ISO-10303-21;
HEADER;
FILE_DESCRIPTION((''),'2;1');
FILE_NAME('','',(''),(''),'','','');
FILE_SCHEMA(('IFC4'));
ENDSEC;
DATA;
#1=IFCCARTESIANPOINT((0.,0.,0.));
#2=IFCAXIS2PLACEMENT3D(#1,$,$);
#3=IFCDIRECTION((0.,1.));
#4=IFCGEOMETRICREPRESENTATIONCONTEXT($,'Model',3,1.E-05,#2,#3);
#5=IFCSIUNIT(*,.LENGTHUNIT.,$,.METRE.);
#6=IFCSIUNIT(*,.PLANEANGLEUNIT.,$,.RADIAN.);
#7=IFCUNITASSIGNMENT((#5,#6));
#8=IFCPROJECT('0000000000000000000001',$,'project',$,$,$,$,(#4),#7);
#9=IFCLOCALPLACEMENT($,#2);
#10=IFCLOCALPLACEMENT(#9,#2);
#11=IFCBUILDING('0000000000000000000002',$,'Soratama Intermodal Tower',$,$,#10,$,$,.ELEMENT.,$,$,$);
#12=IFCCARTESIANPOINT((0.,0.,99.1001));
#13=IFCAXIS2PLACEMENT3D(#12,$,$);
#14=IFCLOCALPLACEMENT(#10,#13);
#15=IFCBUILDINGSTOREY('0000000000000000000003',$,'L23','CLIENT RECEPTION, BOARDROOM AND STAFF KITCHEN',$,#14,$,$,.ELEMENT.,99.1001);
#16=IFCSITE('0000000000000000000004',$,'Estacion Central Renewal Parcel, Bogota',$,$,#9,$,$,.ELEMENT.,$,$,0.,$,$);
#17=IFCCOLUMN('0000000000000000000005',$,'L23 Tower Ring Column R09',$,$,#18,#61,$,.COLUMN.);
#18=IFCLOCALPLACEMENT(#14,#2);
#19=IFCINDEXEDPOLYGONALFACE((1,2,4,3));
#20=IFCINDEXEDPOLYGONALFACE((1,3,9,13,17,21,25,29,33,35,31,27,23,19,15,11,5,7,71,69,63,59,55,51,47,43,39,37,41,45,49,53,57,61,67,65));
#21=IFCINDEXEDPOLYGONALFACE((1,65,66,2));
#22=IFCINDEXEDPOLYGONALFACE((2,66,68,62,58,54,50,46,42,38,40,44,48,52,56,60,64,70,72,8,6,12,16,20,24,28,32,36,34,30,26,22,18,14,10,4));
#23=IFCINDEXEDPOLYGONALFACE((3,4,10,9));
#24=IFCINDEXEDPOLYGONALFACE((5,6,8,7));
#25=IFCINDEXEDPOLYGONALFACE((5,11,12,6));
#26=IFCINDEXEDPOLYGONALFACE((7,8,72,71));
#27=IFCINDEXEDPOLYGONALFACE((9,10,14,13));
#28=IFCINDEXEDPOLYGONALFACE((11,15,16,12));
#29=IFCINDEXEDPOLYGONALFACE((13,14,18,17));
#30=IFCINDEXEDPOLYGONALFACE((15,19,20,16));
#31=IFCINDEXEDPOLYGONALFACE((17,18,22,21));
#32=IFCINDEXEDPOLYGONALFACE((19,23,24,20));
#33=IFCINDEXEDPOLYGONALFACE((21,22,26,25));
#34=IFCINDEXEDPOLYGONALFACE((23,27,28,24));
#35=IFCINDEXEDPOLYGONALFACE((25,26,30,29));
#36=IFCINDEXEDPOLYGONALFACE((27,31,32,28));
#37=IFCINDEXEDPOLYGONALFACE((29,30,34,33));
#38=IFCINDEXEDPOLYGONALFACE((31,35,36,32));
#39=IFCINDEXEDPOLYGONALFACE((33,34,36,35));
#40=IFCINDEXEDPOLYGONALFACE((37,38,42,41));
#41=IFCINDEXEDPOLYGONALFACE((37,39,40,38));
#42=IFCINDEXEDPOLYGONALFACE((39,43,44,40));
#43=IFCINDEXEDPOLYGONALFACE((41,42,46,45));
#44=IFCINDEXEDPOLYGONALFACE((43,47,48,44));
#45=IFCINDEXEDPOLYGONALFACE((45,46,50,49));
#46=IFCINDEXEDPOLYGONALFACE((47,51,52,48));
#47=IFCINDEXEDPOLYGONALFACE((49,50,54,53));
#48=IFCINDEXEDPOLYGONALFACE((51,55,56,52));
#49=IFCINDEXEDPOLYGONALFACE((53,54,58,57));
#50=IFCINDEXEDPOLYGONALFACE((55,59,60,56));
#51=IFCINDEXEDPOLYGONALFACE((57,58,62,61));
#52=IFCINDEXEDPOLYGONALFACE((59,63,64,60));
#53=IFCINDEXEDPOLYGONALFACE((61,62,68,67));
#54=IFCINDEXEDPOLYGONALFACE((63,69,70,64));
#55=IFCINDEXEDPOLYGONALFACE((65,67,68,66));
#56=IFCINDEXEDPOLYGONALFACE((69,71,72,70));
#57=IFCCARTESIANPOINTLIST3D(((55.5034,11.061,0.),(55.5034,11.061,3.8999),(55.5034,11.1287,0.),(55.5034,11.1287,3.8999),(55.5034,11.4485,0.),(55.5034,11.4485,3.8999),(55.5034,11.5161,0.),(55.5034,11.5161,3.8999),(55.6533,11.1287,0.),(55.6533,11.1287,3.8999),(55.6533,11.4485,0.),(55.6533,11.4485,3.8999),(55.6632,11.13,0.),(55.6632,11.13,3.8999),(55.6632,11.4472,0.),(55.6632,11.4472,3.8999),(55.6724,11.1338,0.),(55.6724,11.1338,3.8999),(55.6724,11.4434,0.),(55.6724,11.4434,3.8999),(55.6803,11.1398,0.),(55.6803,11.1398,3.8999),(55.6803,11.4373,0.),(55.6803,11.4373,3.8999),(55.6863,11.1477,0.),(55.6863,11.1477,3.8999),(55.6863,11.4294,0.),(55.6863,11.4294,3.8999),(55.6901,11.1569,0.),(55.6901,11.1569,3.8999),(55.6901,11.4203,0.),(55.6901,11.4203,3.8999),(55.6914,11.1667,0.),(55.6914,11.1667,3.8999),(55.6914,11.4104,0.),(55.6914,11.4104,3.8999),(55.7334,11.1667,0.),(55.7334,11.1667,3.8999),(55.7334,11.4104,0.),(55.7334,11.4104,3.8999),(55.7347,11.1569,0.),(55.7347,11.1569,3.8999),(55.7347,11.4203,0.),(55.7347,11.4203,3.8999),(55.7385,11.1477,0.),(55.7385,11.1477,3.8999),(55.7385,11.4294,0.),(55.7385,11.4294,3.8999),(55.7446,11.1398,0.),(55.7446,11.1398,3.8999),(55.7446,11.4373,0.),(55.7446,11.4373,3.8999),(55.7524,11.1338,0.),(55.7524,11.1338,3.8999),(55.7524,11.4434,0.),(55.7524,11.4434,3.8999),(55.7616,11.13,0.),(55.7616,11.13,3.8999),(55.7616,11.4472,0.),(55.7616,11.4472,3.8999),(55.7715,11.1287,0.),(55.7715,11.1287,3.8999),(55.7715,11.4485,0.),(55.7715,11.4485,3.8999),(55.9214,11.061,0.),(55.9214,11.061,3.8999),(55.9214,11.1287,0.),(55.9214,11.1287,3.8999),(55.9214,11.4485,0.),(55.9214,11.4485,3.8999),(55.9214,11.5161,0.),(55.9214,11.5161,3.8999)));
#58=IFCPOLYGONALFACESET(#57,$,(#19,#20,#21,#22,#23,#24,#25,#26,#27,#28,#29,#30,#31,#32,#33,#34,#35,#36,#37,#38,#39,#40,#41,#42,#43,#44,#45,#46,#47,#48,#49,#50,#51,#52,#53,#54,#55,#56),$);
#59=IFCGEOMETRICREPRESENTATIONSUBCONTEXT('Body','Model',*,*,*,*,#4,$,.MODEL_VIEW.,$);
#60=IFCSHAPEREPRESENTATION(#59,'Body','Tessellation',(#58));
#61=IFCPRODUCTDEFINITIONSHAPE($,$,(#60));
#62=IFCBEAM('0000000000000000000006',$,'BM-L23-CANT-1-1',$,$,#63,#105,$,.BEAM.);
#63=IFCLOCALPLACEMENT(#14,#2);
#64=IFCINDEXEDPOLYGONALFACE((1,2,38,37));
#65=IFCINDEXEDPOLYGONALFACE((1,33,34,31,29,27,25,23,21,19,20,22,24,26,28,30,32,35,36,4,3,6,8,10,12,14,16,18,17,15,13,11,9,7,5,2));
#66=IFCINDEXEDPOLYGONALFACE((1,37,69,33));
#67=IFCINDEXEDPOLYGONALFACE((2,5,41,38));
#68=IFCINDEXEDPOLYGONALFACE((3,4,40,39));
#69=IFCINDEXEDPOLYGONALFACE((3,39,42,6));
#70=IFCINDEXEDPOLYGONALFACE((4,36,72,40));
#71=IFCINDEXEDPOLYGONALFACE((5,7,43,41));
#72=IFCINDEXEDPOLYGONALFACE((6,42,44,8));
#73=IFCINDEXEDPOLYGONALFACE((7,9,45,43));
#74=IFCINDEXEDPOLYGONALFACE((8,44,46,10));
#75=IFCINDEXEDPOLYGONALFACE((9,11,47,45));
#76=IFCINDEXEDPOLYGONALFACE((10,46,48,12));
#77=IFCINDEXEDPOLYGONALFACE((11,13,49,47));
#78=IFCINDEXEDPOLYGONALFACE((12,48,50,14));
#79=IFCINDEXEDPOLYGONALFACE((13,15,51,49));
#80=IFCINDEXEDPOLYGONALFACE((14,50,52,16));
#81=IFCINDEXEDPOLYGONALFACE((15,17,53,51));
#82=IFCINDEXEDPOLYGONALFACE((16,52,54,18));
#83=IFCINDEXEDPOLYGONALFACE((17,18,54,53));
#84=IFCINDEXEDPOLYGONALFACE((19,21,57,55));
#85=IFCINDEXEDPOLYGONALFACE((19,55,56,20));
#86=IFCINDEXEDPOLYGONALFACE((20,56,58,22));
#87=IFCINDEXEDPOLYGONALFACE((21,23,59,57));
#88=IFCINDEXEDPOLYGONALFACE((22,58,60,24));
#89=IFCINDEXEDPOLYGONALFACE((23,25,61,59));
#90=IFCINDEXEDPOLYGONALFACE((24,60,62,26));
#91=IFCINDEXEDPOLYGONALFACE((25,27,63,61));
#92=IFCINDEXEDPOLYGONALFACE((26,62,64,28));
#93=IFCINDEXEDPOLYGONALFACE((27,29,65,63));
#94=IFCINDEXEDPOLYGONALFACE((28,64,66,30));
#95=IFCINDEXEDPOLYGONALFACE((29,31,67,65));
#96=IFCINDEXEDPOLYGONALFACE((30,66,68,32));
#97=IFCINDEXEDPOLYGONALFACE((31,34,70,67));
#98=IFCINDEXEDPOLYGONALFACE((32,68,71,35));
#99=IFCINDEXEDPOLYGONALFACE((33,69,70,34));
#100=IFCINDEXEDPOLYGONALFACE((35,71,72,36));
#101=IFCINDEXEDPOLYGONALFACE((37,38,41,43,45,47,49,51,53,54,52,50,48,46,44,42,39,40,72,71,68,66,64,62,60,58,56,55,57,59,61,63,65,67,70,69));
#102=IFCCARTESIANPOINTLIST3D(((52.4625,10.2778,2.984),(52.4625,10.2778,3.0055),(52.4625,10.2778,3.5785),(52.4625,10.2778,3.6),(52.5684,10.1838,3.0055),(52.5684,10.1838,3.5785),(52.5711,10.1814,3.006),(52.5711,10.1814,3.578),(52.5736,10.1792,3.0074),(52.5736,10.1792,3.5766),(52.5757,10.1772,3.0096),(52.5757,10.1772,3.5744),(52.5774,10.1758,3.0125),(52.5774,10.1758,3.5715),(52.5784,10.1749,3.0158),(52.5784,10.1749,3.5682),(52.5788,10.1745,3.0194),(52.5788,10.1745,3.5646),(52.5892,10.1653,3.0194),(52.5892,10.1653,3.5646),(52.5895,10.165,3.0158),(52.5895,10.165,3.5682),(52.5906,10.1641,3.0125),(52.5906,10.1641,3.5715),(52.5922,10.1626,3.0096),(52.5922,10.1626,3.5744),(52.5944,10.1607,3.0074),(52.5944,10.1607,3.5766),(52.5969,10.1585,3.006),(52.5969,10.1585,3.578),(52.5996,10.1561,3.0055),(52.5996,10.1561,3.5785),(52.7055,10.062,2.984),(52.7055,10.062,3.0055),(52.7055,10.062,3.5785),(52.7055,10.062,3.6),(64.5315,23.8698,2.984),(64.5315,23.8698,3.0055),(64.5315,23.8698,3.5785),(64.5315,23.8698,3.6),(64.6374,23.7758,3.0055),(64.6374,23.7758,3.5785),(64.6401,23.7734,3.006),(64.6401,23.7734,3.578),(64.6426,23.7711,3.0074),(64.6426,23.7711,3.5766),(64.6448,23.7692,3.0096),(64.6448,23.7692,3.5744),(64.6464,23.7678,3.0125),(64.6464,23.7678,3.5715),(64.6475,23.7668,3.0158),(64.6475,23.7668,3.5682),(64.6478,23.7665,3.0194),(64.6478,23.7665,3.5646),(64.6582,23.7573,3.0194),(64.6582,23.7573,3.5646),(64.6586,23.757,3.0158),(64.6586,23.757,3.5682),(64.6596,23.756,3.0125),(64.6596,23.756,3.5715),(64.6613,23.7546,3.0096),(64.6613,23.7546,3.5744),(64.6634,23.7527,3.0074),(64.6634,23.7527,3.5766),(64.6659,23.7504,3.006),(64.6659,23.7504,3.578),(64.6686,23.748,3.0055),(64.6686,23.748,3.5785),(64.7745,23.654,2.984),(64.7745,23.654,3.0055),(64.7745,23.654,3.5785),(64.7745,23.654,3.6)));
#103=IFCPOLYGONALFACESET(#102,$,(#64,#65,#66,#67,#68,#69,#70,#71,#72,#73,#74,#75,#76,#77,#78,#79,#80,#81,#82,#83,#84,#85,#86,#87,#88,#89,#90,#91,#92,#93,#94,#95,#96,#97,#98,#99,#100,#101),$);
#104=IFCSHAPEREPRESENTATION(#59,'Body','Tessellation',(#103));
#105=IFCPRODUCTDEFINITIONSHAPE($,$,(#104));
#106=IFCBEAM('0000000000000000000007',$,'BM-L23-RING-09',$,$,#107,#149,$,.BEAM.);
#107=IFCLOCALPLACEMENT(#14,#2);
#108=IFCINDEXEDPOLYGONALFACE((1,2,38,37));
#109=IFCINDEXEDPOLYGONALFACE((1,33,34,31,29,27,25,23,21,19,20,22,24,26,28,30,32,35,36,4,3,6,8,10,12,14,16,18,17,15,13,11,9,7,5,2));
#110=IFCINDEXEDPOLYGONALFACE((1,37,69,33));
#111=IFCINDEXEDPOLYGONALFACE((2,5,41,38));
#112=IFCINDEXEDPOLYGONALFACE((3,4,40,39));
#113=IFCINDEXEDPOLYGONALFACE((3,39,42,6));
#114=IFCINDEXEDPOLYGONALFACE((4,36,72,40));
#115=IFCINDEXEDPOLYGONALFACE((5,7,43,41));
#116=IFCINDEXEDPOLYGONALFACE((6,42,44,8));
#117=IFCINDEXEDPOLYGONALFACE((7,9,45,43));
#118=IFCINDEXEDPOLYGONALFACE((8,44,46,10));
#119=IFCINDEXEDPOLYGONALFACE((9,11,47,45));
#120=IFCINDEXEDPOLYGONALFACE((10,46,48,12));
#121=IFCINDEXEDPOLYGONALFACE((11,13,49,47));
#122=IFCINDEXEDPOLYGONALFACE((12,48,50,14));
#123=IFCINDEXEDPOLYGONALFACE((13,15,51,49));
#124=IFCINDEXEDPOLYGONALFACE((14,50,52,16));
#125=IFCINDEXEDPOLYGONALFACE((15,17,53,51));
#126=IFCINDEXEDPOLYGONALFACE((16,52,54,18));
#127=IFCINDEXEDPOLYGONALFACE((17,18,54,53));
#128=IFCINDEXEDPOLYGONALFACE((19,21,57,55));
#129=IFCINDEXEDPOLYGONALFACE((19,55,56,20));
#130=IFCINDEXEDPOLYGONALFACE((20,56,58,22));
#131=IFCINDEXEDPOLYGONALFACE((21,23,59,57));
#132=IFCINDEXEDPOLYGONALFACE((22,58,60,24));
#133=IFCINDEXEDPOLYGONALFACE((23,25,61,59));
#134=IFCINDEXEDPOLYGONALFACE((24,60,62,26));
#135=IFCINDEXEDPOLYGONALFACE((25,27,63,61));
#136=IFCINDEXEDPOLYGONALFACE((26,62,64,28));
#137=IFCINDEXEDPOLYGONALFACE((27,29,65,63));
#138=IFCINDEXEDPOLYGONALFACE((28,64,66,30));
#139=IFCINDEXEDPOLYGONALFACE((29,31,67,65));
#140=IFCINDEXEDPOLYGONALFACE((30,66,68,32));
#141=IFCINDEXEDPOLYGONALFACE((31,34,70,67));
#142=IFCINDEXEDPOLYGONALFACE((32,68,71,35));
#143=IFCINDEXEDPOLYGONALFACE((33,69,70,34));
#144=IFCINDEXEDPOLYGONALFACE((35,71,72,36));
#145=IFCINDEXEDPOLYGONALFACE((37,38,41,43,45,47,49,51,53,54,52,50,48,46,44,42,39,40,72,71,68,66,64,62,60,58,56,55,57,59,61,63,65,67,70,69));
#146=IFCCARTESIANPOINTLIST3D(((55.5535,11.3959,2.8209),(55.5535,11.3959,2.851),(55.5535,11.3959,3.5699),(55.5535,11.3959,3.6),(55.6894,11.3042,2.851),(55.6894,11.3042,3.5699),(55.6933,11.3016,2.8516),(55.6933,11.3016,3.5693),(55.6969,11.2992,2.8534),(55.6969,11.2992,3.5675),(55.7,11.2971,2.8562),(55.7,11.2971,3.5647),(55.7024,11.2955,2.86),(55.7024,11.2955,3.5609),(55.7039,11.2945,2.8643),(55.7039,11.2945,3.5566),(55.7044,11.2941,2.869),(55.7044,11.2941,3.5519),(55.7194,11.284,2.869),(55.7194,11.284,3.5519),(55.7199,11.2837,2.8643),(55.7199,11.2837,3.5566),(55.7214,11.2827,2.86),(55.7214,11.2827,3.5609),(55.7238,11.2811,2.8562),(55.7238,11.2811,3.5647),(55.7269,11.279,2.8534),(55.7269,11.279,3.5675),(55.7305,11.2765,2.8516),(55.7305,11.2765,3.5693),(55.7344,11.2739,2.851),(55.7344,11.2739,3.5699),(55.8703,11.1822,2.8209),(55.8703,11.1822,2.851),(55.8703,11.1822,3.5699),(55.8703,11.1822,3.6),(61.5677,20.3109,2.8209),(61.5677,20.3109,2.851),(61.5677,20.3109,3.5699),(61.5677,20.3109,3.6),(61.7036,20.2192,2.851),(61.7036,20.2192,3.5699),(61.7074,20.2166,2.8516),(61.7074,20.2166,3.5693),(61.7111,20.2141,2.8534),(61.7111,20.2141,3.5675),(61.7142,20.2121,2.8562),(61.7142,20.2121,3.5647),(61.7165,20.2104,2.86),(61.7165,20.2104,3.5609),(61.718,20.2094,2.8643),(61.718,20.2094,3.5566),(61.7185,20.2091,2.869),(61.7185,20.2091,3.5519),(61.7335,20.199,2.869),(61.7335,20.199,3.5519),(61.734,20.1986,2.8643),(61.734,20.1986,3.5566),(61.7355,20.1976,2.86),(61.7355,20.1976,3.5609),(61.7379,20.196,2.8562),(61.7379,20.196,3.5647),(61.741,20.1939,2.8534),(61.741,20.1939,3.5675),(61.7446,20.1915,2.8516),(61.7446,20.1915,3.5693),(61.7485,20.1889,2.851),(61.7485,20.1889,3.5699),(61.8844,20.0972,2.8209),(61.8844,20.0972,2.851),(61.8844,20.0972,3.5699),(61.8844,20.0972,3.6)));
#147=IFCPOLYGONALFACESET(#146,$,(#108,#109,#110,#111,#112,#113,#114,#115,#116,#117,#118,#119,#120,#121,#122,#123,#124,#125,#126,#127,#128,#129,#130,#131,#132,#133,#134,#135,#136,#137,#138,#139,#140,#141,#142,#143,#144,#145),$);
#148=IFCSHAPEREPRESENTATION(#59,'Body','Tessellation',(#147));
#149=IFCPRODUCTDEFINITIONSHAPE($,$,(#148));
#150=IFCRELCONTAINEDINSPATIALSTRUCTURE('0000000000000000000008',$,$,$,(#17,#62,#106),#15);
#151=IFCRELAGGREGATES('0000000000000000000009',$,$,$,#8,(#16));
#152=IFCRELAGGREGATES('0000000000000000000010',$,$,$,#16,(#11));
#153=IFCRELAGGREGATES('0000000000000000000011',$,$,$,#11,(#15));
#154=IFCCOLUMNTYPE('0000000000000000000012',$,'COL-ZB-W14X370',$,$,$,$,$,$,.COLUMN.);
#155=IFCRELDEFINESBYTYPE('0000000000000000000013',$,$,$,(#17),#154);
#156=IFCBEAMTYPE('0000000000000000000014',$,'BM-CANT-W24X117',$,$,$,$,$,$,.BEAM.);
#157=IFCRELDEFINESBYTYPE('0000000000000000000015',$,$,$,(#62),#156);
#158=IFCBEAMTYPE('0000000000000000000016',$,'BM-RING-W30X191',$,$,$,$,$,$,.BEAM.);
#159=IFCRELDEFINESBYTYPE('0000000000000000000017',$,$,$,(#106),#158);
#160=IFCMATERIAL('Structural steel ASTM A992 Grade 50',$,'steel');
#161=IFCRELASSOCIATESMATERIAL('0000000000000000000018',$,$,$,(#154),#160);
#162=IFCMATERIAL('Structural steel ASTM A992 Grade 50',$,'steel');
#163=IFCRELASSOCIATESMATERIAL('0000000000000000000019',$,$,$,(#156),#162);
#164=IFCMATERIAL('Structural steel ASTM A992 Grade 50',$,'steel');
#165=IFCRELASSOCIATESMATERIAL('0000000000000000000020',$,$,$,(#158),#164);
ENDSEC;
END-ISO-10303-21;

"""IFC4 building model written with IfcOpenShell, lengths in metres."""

from ifc_helpers import new_model, si_unit, direction, frame, origin, origin_2d, place, context, subcontext, project, spatial, i_section, extrude, material, material_profile, profile_set, type_object, element, save


model = new_model("IFC4")

# Units and contexts
model_context = context("Model", 3, precision=1e-05, world=origin(), true_north=direction((0.0, 1.0)))
body_context = subcontext(model_context, "Body", "Model", "MODEL_VIEW")
ifc_project = project(units=[si_unit("LENGTHUNIT", "METRE"), si_unit("PLANEANGLEUNIT", "RADIAN")], contexts=[model_context])

# Site, building, storey
site_placement = place(None, origin())
site = spatial("IfcSite", under=ifc_project, at=site_placement, Name="Estacion Central Renewal Parcel, Bogota", CompositionType="ELEMENT", RefElevation=0.0)
building_placement = place(site_placement, origin())
building = spatial("IfcBuilding", under=site, at=building_placement, Name="Soratama Intermodal Tower", CompositionType="ELEMENT")
storey_placement = place(building_placement, frame((0.0, 0.0, 99.1001)))
storey = spatial("IfcBuildingStorey", under=building, at=storey_placement, Name="L23", Description="CLIENT RECEPTION, BOARDROOM AND STAFF KITCHEN", CompositionType="ELEMENT", Elevation=99.1001)

# Column
ifc_material_1 = material(Name="Structural steel ASTM A992 Grade 50", Category="steel")
ifc_material_profile_1 = material_profile(ifc_material_1, i_section(OverallWidth=0.418, OverallDepth=0.4551, WebThickness=0.042, FlangeThickness=0.0676, FilletRadius=0.0381, at=origin_2d()), Name="W14X370")
ifc_profile_set_1 = profile_set([ifc_material_profile_1], Name="Structural steel ASTM A992 Grade 50")
column_type = type_object("IfcColumnType", Name="COL-ZB-W14X370", PredefinedType="COLUMN", material=ifc_profile_set_1)
column_placement = place(storey_placement, frame((55.7124, 11.2886, 0.0), z_axis=(0.0, 0.0, 1.0), x_axis=(1.0, 0.0, 0.0)))
element("IfcColumn", 1, at=column_placement, inside=storey, type_object=column_type, Name="L23 Tower Ring Column R09", PredefinedType="COLUMN", context=body_context, shape_type="SweptSolid", body=[
    extrude(i_section(OverallWidth=0.418, OverallDepth=0.4551, WebThickness=0.042, FlangeThickness=0.0676, FilletRadius=0.0381, at=origin_2d()), origin(), (0.0, 0.0, 1.0), 3.8999),
])

# Beams
ifc_material_2 = material(Name="Structural steel ASTM A992 Grade 50", Category="steel")
ifc_material_profile_2 = material_profile(ifc_material_2, i_section(OverallWidth=0.325, OverallDepth=0.616, WebThickness=0.0139, FlangeThickness=0.0215, FilletRadius=0.0139, at=origin_2d()), Name="W24X117")
ifc_profile_set_2 = profile_set([ifc_material_profile_2], Name="Structural steel ASTM A992 Grade 50")
beam_type_1 = type_object("IfcBeamType", Name="BM-CANT-W24X117", PredefinedType="BEAM", material=ifc_profile_set_2)
beam_1_placement = place(storey_placement, frame((52.584, 10.1699, 3.292), z_axis=(0.663973, 0.747757, 0.0), x_axis=(-0.747757, 0.663973, 0.0)))
element("IfcBeam", 2, at=beam_1_placement, inside=storey, type_object=beam_type_1, Name="BM-L23-CANT-1-1", PredefinedType="BEAM", context=body_context, shape_type="SweptSolid", body=[
    extrude(i_section(OverallWidth=0.325, OverallDepth=0.616, WebThickness=0.0139, FlangeThickness=0.0215, FilletRadius=0.0139, at=origin_2d()), origin(), (0.0, 0.0, 1.0), 18.177),
])
ifc_material_3 = material(Name="Structural steel ASTM A992 Grade 50", Category="steel")
ifc_material_profile_3 = material_profile(ifc_material_3, i_section(OverallWidth=0.3821, OverallDepth=0.7791, WebThickness=0.0181, FlangeThickness=0.03, FilletRadius=0.0181, at=origin_2d()), Name="W30X191")
ifc_profile_set_3 = profile_set([ifc_material_profile_3], Name="Structural steel ASTM A992 Grade 50")
beam_type_2 = type_object("IfcBeamType", Name="BM-RING-W30X191", PredefinedType="BEAM", material=ifc_profile_set_3)
beam_2_placement = place(storey_placement, frame((55.7119, 11.2891, 3.2104), z_axis=(0.55925, 0.828999, 0.0), x_axis=(-0.828999, 0.55925, 0.0)))
element("IfcBeam", 3, at=beam_2_placement, inside=storey, type_object=beam_type_2, Name="BM-L23-RING-09", PredefinedType="BEAM", context=body_context, shape_type="SweptSolid", body=[
    extrude(i_section(OverallWidth=0.3821, OverallDepth=0.7791, WebThickness=0.0181, FlangeThickness=0.03, FilletRadius=0.0181, at=origin_2d()), origin(), (0.0, 0.0, 1.0), 10.7539),
])

save(model, "model.ifc")
